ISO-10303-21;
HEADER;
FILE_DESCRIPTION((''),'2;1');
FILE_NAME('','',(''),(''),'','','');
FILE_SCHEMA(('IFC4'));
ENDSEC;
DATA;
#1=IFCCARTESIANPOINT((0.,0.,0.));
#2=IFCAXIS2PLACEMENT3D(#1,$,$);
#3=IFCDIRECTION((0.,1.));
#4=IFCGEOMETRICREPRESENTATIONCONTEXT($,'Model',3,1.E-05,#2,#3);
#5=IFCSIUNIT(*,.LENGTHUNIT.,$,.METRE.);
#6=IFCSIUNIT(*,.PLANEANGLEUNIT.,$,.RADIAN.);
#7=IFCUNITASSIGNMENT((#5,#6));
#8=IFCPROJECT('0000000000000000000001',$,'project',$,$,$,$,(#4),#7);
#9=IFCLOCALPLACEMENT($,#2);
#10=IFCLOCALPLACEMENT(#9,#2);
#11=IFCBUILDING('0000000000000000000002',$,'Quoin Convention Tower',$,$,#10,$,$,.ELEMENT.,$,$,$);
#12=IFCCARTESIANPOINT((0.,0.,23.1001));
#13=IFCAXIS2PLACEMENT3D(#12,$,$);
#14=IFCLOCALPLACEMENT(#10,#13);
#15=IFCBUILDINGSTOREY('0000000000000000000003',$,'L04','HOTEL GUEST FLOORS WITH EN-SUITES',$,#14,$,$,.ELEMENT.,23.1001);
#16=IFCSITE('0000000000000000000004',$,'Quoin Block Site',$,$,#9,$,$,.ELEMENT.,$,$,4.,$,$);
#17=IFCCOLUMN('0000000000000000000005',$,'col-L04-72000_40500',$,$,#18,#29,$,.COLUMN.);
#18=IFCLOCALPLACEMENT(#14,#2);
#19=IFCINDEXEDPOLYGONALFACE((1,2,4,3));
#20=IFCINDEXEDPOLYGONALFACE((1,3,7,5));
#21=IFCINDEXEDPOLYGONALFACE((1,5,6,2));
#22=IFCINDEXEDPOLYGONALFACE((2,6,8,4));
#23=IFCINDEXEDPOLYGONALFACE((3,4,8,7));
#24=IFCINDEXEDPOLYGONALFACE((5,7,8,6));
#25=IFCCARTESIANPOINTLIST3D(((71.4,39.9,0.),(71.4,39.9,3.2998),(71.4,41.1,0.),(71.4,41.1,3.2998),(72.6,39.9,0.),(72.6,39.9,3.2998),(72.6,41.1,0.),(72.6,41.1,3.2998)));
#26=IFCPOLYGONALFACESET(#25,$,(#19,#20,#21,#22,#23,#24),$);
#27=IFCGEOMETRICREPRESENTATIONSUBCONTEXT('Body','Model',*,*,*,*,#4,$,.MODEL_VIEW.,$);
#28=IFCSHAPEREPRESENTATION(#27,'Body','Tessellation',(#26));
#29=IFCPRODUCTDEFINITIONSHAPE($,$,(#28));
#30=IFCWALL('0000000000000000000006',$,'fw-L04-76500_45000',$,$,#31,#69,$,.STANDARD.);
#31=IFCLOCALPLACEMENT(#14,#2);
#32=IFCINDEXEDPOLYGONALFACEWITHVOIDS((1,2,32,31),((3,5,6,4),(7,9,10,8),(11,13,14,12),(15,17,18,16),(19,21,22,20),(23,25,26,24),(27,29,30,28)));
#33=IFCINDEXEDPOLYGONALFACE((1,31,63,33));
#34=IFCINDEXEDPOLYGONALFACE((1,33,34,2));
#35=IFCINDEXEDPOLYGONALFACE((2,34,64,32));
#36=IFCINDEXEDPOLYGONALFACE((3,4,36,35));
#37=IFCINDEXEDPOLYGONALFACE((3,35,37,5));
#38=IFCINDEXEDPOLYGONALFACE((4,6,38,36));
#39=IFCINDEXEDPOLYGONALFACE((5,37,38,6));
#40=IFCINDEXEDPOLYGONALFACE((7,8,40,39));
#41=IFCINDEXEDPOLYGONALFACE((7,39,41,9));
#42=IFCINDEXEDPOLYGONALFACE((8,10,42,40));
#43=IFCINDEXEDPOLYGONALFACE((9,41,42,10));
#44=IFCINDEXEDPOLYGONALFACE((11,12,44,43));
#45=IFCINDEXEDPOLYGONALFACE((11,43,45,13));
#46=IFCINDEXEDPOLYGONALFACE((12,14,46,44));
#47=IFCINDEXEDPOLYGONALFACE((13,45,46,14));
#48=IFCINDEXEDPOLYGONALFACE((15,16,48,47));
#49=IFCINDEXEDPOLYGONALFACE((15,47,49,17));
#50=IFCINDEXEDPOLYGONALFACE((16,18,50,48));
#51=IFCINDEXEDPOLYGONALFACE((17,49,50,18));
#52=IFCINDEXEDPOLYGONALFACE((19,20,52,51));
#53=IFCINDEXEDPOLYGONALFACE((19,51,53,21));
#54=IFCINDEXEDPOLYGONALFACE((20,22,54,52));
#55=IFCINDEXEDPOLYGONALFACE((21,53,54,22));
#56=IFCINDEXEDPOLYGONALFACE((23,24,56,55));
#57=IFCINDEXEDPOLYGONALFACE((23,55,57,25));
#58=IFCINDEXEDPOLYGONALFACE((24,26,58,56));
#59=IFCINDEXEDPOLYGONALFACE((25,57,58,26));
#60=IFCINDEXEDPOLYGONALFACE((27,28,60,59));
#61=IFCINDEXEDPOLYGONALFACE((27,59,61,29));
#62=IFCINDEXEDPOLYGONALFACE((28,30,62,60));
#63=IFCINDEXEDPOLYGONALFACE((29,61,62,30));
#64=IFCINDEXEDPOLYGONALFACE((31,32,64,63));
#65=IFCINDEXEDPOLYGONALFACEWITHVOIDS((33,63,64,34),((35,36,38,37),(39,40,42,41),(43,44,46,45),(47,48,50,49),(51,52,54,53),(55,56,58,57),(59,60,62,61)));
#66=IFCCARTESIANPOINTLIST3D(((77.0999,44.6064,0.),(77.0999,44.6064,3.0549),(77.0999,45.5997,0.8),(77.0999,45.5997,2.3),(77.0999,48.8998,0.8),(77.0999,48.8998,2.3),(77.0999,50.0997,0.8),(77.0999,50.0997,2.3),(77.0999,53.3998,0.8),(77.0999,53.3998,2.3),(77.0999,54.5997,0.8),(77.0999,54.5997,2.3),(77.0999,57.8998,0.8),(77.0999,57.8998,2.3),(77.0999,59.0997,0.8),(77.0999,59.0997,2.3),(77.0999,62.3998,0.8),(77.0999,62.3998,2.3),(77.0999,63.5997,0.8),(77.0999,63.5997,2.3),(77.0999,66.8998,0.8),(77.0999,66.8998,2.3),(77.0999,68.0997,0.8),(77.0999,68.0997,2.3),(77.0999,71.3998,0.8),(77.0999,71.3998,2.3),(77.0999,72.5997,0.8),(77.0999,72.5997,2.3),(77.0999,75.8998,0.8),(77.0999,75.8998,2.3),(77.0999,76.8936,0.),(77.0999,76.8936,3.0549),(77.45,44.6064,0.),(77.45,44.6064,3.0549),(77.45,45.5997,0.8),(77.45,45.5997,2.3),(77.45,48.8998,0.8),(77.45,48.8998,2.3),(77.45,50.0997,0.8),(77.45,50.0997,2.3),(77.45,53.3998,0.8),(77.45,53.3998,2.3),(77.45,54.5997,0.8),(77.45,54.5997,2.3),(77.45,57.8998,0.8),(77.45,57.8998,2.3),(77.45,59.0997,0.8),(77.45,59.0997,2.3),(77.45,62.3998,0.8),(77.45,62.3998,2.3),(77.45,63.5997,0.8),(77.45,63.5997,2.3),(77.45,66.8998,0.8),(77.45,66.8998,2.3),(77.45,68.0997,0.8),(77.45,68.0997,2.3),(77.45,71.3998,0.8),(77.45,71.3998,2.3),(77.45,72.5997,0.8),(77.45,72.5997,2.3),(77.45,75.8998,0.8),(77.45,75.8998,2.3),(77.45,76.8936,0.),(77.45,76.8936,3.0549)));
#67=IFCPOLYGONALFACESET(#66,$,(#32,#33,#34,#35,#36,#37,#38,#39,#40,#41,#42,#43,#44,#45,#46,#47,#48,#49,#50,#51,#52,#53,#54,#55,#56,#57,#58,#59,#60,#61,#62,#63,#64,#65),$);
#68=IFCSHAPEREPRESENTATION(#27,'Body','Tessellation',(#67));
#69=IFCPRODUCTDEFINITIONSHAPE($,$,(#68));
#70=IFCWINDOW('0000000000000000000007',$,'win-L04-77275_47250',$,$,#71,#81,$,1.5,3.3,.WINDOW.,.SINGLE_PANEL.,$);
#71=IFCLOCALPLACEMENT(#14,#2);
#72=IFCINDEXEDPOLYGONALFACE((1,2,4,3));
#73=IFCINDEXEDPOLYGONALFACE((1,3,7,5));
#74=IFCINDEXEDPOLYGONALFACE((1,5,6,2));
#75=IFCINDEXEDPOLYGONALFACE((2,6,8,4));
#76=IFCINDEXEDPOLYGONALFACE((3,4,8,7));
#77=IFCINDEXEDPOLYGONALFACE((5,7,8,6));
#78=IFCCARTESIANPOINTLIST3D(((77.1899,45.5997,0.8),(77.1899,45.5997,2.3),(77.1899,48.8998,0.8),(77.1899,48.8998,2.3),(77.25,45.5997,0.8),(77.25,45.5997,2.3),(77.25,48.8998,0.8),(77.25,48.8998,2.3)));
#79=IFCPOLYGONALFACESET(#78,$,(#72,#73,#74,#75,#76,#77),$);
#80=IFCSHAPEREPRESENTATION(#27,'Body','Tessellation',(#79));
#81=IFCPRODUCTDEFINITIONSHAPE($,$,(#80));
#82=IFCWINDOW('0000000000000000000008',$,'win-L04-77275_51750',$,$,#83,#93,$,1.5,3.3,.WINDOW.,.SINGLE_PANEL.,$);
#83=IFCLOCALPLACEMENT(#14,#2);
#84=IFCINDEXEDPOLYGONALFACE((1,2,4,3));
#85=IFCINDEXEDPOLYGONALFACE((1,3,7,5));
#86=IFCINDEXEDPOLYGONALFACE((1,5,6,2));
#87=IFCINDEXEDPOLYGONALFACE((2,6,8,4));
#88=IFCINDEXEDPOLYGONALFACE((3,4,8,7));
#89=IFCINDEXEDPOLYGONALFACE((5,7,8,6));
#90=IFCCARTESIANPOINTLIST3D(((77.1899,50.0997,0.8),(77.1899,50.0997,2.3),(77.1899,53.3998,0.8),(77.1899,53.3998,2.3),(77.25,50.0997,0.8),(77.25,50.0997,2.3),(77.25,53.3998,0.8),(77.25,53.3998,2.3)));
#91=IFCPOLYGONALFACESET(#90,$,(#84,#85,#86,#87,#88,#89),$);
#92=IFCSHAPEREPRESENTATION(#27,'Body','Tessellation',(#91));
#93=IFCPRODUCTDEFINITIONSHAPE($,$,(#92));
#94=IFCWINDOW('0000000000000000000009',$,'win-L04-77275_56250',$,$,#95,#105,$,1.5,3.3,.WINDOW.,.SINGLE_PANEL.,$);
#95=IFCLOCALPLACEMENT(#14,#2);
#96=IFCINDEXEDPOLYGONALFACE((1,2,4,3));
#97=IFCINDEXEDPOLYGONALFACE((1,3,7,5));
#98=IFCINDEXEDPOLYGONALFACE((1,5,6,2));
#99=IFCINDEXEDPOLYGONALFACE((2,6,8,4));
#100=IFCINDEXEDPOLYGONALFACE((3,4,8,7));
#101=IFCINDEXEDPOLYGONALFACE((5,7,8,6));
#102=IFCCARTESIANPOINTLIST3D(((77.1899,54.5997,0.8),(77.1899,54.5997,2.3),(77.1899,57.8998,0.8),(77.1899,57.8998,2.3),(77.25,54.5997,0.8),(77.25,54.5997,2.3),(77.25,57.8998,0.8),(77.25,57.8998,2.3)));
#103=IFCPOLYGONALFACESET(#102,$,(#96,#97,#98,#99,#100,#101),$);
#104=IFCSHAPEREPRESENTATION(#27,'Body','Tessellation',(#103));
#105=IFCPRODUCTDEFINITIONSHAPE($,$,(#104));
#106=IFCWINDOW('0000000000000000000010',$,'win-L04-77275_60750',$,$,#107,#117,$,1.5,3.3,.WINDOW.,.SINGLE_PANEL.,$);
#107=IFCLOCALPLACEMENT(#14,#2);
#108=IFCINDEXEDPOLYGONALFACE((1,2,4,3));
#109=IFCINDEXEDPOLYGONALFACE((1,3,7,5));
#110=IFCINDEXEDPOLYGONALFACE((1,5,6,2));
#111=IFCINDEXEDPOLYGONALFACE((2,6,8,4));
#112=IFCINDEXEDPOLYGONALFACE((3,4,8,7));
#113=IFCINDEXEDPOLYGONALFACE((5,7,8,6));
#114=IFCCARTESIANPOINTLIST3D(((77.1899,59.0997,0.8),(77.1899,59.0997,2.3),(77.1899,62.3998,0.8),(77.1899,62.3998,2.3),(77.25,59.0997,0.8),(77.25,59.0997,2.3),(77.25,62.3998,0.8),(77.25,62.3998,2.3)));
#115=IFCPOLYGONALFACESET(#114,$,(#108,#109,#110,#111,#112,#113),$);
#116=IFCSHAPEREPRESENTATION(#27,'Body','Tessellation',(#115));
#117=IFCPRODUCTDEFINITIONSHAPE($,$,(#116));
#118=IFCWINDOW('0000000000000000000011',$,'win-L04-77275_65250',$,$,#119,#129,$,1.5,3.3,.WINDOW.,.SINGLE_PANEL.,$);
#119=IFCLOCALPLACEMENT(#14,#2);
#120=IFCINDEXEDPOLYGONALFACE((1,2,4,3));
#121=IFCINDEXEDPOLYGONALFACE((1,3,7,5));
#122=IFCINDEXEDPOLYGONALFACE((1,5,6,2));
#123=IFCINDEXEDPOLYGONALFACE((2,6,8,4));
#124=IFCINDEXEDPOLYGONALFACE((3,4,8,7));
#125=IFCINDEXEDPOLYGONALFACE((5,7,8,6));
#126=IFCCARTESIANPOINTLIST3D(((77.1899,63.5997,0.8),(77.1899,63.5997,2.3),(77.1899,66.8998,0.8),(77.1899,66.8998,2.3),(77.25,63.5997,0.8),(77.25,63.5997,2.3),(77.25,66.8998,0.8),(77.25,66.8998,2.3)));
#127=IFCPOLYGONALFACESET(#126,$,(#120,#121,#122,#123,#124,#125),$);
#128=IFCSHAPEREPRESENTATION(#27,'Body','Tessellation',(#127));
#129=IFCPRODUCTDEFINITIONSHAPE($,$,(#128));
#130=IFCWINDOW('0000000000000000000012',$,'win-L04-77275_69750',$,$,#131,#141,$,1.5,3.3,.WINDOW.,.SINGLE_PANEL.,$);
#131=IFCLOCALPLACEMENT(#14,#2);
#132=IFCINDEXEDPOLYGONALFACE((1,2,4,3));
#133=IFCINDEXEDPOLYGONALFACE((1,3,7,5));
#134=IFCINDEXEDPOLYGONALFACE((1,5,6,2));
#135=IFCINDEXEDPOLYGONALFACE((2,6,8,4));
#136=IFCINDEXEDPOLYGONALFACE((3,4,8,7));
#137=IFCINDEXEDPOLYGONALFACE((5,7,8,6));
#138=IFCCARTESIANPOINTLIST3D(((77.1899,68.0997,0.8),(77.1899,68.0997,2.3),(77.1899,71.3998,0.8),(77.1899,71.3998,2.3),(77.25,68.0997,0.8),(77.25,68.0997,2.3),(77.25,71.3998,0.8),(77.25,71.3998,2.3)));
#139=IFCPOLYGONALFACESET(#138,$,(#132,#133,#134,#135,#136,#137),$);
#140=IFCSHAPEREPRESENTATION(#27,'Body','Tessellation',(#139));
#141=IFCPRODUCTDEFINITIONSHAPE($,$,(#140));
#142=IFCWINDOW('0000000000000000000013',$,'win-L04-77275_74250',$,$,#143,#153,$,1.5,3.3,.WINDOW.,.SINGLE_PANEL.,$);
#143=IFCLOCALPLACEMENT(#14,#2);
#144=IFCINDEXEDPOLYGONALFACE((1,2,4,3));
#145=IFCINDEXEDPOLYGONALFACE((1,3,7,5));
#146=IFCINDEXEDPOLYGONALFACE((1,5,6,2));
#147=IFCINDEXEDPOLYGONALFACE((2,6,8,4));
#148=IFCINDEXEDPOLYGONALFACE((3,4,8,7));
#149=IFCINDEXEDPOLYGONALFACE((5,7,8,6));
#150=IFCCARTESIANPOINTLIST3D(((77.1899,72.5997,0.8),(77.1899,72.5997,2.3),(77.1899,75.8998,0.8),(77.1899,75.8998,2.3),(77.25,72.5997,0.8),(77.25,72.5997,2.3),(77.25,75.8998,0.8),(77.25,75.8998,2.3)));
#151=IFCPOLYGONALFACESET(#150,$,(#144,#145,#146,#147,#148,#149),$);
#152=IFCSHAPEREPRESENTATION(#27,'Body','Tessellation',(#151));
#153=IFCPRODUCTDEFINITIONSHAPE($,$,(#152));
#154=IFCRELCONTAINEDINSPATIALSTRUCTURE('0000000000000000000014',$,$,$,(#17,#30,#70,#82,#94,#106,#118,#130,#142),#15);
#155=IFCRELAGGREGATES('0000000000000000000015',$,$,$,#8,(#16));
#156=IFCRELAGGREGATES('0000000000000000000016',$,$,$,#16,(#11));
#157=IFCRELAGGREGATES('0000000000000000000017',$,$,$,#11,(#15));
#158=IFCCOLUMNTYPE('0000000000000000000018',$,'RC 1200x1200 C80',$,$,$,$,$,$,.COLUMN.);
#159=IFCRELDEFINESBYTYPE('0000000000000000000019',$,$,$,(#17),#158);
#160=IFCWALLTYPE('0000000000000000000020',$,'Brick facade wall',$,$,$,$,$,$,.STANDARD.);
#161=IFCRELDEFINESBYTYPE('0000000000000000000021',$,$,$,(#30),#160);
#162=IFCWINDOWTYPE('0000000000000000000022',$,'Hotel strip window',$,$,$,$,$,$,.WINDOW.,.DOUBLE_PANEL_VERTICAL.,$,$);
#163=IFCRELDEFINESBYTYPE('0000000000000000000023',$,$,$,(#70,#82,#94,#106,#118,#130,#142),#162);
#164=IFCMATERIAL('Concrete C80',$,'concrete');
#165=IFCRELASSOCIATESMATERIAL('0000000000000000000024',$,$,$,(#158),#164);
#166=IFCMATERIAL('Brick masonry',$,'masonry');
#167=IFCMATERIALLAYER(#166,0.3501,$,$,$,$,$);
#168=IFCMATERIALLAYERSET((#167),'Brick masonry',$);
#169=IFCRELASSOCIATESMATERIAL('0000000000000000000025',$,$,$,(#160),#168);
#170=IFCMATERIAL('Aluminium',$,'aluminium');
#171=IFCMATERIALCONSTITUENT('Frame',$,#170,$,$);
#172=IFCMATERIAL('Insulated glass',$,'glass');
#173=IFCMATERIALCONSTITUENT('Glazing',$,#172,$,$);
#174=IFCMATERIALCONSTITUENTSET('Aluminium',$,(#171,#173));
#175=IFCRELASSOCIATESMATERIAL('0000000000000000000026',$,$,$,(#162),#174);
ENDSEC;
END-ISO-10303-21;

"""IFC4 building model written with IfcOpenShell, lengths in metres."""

from ifc_helpers import new_model, si_unit, direction, frame, frame_2d, origin, origin_2d, place, context, subcontext, project, spatial, rectangle, extrude, material, layer, layer_set, constituent, constituent_set, material_profile, profile_set, type_object, element, fill, save


model = new_model("IFC4")

# Units and contexts
model_context = context("Model", 3, precision=1e-05, world=origin(), true_north=direction((0.0, 1.0)))
body_context = subcontext(model_context, "Body", "Model", "MODEL_VIEW")
ifc_project = project(units=[si_unit("LENGTHUNIT", "METRE"), si_unit("PLANEANGLEUNIT", "RADIAN")], contexts=[model_context])

# Site, building, storey
site_placement = place(None, origin())
site = spatial("IfcSite", under=ifc_project, at=site_placement, Name="Quoin Block Site", CompositionType="ELEMENT", RefElevation=4.0)
building_placement = place(site_placement, origin())
building = spatial("IfcBuilding", under=site, at=building_placement, Name="Quoin Convention Tower", CompositionType="ELEMENT")
storey_placement = place(building_placement, frame((0.0, 0.0, 23.1001)))
storey = spatial("IfcBuildingStorey", under=building, at=storey_placement, Name="L04", Description="HOTEL GUEST FLOORS WITH EN-SUITES", CompositionType="ELEMENT", Elevation=23.1001)

# Column
ifc_material_1 = material(Name="Concrete C80", Category="concrete")
ifc_material_profile = material_profile(ifc_material_1, rectangle(XDim=1.2, YDim=1.2, at=origin_2d()), Name="RC 1200x1200")
ifc_profile_set = profile_set([ifc_material_profile], Name="Concrete C80")
column_type = type_object("IfcColumnType", Name="RC 1200x1200 C80", PredefinedType="COLUMN", material=ifc_profile_set)
column_placement = place(storey_placement, frame((72.0, 40.5, 0.0), z_axis=(0.0, 0.0, 1.0), x_axis=(1.0, 0.0, 0.0)))
element("IfcColumn", 1, at=column_placement, inside=storey, type_object=column_type, Name="col-L04-72000_40500", PredefinedType="COLUMN", context=body_context, shape_type="SweptSolid", body=[
    extrude(rectangle(XDim=1.2, YDim=1.2, at=origin_2d()), origin(), (0.0, 0.0, 1.0), 3.2998),
])

# Wall, openings, windows
ifc_material_2 = material(Name="Brick masonry", Category="masonry")
ifc_layer_1 = layer(ifc_material_2, 0.3501)
ifc_layer_set_1 = layer_set([ifc_layer_1], Name="Brick masonry")
wall_type_1 = type_object("IfcWallType", Name="Brick facade wall", PredefinedType="STANDARD", material=ifc_layer_set_1)
wall_1_placement = place(storey_placement, frame((77.2749, 44.6064, 0.0), z_axis=(0.0, 0.0, 1.0), x_axis=(0.0, 1.0, 0.0)))
wall_1 = element("IfcWall", 2, at=wall_1_placement, inside=storey, type_object=wall_type_1, Name="fw-L04-76500_45000", PredefinedType="STANDARD", context=body_context, shape_type="SweptSolid", body=[
    extrude(rectangle(XDim=32.2871, YDim=0.3501, at=frame_2d((16.1436, 0.0))), origin(), (0.0, 0.0, 1.0), 3.0549),
])
opening_1_placement = place(wall_1_placement, frame((0.9934, 0.0, 0.8)))
opening_1 = element("IfcOpeningElement", 3, at=opening_1_placement, cuts=wall_1, PredefinedType="OPENING", context=body_context, shape_type="SweptSolid", body=[
    extrude(rectangle(XDim=3.3, YDim=1.5, at=frame_2d((1.6499, 0.75))), frame((0.0, 0.1851, 0.0), z_axis=(0.0, -1.0, 0.0), x_axis=(1.0, 0.0, 0.0)), (0.0, 0.0, 1.0), 0.3701),
])
opening_2_placement = place(wall_1_placement, frame((5.4934, 0.0, 0.8)))
opening_2 = element("IfcOpeningElement", 4, at=opening_2_placement, cuts=wall_1, PredefinedType="OPENING", context=body_context, shape_type="SweptSolid", body=[
    extrude(rectangle(XDim=3.3, YDim=1.5, at=frame_2d((1.6499, 0.75))), frame((0.0, 0.1851, 0.0), z_axis=(0.0, -1.0, 0.0), x_axis=(1.0, 0.0, 0.0)), (0.0, 0.0, 1.0), 0.3701),
])
opening_3_placement = place(wall_1_placement, frame((9.9934, 0.0, 0.8)))
opening_3 = element("IfcOpeningElement", 5, at=opening_3_placement, cuts=wall_1, PredefinedType="OPENING", context=body_context, shape_type="SweptSolid", body=[
    extrude(rectangle(XDim=3.3, YDim=1.5, at=frame_2d((1.6499, 0.75))), frame((0.0, 0.1851, 0.0), z_axis=(0.0, -1.0, 0.0), x_axis=(1.0, 0.0, 0.0)), (0.0, 0.0, 1.0), 0.3701),
])
opening_4_placement = place(wall_1_placement, frame((14.4934, 0.0, 0.8)))
opening_4 = element("IfcOpeningElement", 6, at=opening_4_placement, cuts=wall_1, PredefinedType="OPENING", context=body_context, shape_type="SweptSolid", body=[
    extrude(rectangle(XDim=3.3, YDim=1.5, at=frame_2d((1.6499, 0.75))), frame((0.0, 0.1851, 0.0), z_axis=(0.0, -1.0, 0.0), x_axis=(1.0, 0.0, 0.0)), (0.0, 0.0, 1.0), 0.3701),
])
opening_5_placement = place(wall_1_placement, frame((18.9934, 0.0, 0.8)))
opening_5 = element("IfcOpeningElement", 7, at=opening_5_placement, cuts=wall_1, PredefinedType="OPENING", context=body_context, shape_type="SweptSolid", body=[
    extrude(rectangle(XDim=3.3, YDim=1.5, at=frame_2d((1.6499, 0.75))), frame((0.0, 0.1851, 0.0), z_axis=(0.0, -1.0, 0.0), x_axis=(1.0, 0.0, 0.0)), (0.0, 0.0, 1.0), 0.3701),
])
opening_6_placement = place(wall_1_placement, frame((23.4934, 0.0, 0.8)))
opening_6 = element("IfcOpeningElement", 8, at=opening_6_placement, cuts=wall_1, PredefinedType="OPENING", context=body_context, shape_type="SweptSolid", body=[
    extrude(rectangle(XDim=3.3, YDim=1.5, at=frame_2d((1.6499, 0.75))), frame((0.0, 0.1851, 0.0), z_axis=(0.0, -1.0, 0.0), x_axis=(1.0, 0.0, 0.0)), (0.0, 0.0, 1.0), 0.3701),
])
opening_7_placement = place(wall_1_placement, frame((27.9934, 0.0, 0.8)))
opening_7 = element("IfcOpeningElement", 9, at=opening_7_placement, cuts=wall_1, PredefinedType="OPENING", context=body_context, shape_type="SweptSolid", body=[
    extrude(rectangle(XDim=3.3, YDim=1.5, at=frame_2d((1.6499, 0.75))), frame((0.0, 0.1851, 0.0), z_axis=(0.0, -1.0, 0.0), x_axis=(1.0, 0.0, 0.0)), (0.0, 0.0, 1.0), 0.3701),
])
ifc_material_3 = material(Name="Aluminium", Category="aluminium")
ifc_constituent_1 = constituent(ifc_material_3, Name="Frame")
ifc_material_4 = material(Name="Insulated glass", Category="glass")
ifc_constituent_2 = constituent(ifc_material_4, Name="Glazing")
ifc_constituent_set = constituent_set(constituents=[ifc_constituent_1, ifc_constituent_2], Name="Aluminium")
window_type = type_object("IfcWindowType", Name="Hotel strip window", PartitioningType="DOUBLE_PANEL_VERTICAL", PredefinedType="WINDOW", material=ifc_constituent_set)
window_1_placement = place(opening_1_placement, origin())
window_1 = element("IfcWindow", 10, at=window_1_placement, inside=storey, type_object=window_type, Name="win-L04-77275_47250", OverallHeight=1.5, OverallWidth=3.3, PartitioningType="SINGLE_PANEL", PredefinedType="WINDOW", context=body_context, shape_type="SweptSolid", body=[
    extrude(rectangle(XDim=3.3, YDim=1.5, at=frame_2d((1.6499, 0.75))), frame((0.0, 0.085, 0.0), z_axis=(0.0, -1.0, 0.0), x_axis=(1.0, 0.0, 0.0)), (0.0, 0.0, 1.0), 0.0601),
])
fill(opening_1, window_1)
window_2_placement = place(opening_2_placement, origin())
window_2 = element("IfcWindow", 11, at=window_2_placement, inside=storey, type_object=window_type, Name="win-L04-77275_51750", OverallHeight=1.5, OverallWidth=3.3, PartitioningType="SINGLE_PANEL", PredefinedType="WINDOW", context=body_context, shape_type="SweptSolid", body=[
    extrude(rectangle(XDim=3.3, YDim=1.5, at=frame_2d((1.6499, 0.75))), frame((0.0, 0.085, 0.0), z_axis=(0.0, -1.0, 0.0), x_axis=(1.0, 0.0, 0.0)), (0.0, 0.0, 1.0), 0.0601),
])
fill(opening_2, window_2)
window_3_placement = place(opening_3_placement, origin())
window_3 = element("IfcWindow", 12, at=window_3_placement, inside=storey, type_object=window_type, Name="win-L04-77275_56250", OverallHeight=1.5, OverallWidth=3.3, PartitioningType="SINGLE_PANEL", PredefinedType="WINDOW", context=body_context, shape_type="SweptSolid", body=[
    extrude(rectangle(XDim=3.3, YDim=1.5, at=frame_2d((1.6499, 0.75))), frame((0.0, 0.085, 0.0), z_axis=(0.0, -1.0, 0.0), x_axis=(1.0, 0.0, 0.0)), (0.0, 0.0, 1.0), 0.0601),
])
fill(opening_3, window_3)
window_4_placement = place(opening_4_placement, origin())
window_4 = element("IfcWindow", 13, at=window_4_placement, inside=storey, type_object=window_type, Name="win-L04-77275_60750", OverallHeight=1.5, OverallWidth=3.3, PartitioningType="SINGLE_PANEL", PredefinedType="WINDOW", context=body_context, shape_type="SweptSolid", body=[
    extrude(rectangle(XDim=3.3, YDim=1.5, at=frame_2d((1.6499, 0.75))), frame((0.0, 0.085, 0.0), z_axis=(0.0, -1.0, 0.0), x_axis=(1.0, 0.0, 0.0)), (0.0, 0.0, 1.0), 0.0601),
])
fill(opening_4, window_4)
window_5_placement = place(opening_5_placement, origin())
window_5 = element("IfcWindow", 14, at=window_5_placement, inside=storey, type_object=window_type, Name="win-L04-77275_65250", OverallHeight=1.5, OverallWidth=3.3, PartitioningType="SINGLE_PANEL", PredefinedType="WINDOW", context=body_context, shape_type="SweptSolid", body=[
    extrude(rectangle(XDim=3.3, YDim=1.5, at=frame_2d((1.6499, 0.75))), frame((0.0, 0.085, 0.0), z_axis=(0.0, -1.0, 0.0), x_axis=(1.0, 0.0, 0.0)), (0.0, 0.0, 1.0), 0.0601),
])
fill(opening_5, window_5)
window_6_placement = place(opening_6_placement, origin())
window_6 = element("IfcWindow", 15, at=window_6_placement, inside=storey, type_object=window_type, Name="win-L04-77275_69750", OverallHeight=1.5, OverallWidth=3.3, PartitioningType="SINGLE_PANEL", PredefinedType="WINDOW", context=body_context, shape_type="SweptSolid", body=[
    extrude(rectangle(XDim=3.3, YDim=1.5, at=frame_2d((1.6499, 0.75))), frame((0.0, 0.085, 0.0), z_axis=(0.0, -1.0, 0.0), x_axis=(1.0, 0.0, 0.0)), (0.0, 0.0, 1.0), 0.0601),
])
fill(opening_6, window_6)
window_7_placement = place(opening_7_placement, origin())
window_7 = element("IfcWindow", 16, at=window_7_placement, inside=storey, type_object=window_type, Name="win-L04-77275_74250", OverallHeight=1.5, OverallWidth=3.3, PartitioningType="SINGLE_PANEL", PredefinedType="WINDOW", context=body_context, shape_type="SweptSolid", body=[
    extrude(rectangle(XDim=3.3, YDim=1.5, at=frame_2d((1.6499, 0.75))), frame((0.0, 0.085, 0.0), z_axis=(0.0, -1.0, 0.0), x_axis=(1.0, 0.0, 0.0)), (0.0, 0.0, 1.0), 0.0601),
])
fill(opening_7, window_7)

save(model, "model.ifc")
